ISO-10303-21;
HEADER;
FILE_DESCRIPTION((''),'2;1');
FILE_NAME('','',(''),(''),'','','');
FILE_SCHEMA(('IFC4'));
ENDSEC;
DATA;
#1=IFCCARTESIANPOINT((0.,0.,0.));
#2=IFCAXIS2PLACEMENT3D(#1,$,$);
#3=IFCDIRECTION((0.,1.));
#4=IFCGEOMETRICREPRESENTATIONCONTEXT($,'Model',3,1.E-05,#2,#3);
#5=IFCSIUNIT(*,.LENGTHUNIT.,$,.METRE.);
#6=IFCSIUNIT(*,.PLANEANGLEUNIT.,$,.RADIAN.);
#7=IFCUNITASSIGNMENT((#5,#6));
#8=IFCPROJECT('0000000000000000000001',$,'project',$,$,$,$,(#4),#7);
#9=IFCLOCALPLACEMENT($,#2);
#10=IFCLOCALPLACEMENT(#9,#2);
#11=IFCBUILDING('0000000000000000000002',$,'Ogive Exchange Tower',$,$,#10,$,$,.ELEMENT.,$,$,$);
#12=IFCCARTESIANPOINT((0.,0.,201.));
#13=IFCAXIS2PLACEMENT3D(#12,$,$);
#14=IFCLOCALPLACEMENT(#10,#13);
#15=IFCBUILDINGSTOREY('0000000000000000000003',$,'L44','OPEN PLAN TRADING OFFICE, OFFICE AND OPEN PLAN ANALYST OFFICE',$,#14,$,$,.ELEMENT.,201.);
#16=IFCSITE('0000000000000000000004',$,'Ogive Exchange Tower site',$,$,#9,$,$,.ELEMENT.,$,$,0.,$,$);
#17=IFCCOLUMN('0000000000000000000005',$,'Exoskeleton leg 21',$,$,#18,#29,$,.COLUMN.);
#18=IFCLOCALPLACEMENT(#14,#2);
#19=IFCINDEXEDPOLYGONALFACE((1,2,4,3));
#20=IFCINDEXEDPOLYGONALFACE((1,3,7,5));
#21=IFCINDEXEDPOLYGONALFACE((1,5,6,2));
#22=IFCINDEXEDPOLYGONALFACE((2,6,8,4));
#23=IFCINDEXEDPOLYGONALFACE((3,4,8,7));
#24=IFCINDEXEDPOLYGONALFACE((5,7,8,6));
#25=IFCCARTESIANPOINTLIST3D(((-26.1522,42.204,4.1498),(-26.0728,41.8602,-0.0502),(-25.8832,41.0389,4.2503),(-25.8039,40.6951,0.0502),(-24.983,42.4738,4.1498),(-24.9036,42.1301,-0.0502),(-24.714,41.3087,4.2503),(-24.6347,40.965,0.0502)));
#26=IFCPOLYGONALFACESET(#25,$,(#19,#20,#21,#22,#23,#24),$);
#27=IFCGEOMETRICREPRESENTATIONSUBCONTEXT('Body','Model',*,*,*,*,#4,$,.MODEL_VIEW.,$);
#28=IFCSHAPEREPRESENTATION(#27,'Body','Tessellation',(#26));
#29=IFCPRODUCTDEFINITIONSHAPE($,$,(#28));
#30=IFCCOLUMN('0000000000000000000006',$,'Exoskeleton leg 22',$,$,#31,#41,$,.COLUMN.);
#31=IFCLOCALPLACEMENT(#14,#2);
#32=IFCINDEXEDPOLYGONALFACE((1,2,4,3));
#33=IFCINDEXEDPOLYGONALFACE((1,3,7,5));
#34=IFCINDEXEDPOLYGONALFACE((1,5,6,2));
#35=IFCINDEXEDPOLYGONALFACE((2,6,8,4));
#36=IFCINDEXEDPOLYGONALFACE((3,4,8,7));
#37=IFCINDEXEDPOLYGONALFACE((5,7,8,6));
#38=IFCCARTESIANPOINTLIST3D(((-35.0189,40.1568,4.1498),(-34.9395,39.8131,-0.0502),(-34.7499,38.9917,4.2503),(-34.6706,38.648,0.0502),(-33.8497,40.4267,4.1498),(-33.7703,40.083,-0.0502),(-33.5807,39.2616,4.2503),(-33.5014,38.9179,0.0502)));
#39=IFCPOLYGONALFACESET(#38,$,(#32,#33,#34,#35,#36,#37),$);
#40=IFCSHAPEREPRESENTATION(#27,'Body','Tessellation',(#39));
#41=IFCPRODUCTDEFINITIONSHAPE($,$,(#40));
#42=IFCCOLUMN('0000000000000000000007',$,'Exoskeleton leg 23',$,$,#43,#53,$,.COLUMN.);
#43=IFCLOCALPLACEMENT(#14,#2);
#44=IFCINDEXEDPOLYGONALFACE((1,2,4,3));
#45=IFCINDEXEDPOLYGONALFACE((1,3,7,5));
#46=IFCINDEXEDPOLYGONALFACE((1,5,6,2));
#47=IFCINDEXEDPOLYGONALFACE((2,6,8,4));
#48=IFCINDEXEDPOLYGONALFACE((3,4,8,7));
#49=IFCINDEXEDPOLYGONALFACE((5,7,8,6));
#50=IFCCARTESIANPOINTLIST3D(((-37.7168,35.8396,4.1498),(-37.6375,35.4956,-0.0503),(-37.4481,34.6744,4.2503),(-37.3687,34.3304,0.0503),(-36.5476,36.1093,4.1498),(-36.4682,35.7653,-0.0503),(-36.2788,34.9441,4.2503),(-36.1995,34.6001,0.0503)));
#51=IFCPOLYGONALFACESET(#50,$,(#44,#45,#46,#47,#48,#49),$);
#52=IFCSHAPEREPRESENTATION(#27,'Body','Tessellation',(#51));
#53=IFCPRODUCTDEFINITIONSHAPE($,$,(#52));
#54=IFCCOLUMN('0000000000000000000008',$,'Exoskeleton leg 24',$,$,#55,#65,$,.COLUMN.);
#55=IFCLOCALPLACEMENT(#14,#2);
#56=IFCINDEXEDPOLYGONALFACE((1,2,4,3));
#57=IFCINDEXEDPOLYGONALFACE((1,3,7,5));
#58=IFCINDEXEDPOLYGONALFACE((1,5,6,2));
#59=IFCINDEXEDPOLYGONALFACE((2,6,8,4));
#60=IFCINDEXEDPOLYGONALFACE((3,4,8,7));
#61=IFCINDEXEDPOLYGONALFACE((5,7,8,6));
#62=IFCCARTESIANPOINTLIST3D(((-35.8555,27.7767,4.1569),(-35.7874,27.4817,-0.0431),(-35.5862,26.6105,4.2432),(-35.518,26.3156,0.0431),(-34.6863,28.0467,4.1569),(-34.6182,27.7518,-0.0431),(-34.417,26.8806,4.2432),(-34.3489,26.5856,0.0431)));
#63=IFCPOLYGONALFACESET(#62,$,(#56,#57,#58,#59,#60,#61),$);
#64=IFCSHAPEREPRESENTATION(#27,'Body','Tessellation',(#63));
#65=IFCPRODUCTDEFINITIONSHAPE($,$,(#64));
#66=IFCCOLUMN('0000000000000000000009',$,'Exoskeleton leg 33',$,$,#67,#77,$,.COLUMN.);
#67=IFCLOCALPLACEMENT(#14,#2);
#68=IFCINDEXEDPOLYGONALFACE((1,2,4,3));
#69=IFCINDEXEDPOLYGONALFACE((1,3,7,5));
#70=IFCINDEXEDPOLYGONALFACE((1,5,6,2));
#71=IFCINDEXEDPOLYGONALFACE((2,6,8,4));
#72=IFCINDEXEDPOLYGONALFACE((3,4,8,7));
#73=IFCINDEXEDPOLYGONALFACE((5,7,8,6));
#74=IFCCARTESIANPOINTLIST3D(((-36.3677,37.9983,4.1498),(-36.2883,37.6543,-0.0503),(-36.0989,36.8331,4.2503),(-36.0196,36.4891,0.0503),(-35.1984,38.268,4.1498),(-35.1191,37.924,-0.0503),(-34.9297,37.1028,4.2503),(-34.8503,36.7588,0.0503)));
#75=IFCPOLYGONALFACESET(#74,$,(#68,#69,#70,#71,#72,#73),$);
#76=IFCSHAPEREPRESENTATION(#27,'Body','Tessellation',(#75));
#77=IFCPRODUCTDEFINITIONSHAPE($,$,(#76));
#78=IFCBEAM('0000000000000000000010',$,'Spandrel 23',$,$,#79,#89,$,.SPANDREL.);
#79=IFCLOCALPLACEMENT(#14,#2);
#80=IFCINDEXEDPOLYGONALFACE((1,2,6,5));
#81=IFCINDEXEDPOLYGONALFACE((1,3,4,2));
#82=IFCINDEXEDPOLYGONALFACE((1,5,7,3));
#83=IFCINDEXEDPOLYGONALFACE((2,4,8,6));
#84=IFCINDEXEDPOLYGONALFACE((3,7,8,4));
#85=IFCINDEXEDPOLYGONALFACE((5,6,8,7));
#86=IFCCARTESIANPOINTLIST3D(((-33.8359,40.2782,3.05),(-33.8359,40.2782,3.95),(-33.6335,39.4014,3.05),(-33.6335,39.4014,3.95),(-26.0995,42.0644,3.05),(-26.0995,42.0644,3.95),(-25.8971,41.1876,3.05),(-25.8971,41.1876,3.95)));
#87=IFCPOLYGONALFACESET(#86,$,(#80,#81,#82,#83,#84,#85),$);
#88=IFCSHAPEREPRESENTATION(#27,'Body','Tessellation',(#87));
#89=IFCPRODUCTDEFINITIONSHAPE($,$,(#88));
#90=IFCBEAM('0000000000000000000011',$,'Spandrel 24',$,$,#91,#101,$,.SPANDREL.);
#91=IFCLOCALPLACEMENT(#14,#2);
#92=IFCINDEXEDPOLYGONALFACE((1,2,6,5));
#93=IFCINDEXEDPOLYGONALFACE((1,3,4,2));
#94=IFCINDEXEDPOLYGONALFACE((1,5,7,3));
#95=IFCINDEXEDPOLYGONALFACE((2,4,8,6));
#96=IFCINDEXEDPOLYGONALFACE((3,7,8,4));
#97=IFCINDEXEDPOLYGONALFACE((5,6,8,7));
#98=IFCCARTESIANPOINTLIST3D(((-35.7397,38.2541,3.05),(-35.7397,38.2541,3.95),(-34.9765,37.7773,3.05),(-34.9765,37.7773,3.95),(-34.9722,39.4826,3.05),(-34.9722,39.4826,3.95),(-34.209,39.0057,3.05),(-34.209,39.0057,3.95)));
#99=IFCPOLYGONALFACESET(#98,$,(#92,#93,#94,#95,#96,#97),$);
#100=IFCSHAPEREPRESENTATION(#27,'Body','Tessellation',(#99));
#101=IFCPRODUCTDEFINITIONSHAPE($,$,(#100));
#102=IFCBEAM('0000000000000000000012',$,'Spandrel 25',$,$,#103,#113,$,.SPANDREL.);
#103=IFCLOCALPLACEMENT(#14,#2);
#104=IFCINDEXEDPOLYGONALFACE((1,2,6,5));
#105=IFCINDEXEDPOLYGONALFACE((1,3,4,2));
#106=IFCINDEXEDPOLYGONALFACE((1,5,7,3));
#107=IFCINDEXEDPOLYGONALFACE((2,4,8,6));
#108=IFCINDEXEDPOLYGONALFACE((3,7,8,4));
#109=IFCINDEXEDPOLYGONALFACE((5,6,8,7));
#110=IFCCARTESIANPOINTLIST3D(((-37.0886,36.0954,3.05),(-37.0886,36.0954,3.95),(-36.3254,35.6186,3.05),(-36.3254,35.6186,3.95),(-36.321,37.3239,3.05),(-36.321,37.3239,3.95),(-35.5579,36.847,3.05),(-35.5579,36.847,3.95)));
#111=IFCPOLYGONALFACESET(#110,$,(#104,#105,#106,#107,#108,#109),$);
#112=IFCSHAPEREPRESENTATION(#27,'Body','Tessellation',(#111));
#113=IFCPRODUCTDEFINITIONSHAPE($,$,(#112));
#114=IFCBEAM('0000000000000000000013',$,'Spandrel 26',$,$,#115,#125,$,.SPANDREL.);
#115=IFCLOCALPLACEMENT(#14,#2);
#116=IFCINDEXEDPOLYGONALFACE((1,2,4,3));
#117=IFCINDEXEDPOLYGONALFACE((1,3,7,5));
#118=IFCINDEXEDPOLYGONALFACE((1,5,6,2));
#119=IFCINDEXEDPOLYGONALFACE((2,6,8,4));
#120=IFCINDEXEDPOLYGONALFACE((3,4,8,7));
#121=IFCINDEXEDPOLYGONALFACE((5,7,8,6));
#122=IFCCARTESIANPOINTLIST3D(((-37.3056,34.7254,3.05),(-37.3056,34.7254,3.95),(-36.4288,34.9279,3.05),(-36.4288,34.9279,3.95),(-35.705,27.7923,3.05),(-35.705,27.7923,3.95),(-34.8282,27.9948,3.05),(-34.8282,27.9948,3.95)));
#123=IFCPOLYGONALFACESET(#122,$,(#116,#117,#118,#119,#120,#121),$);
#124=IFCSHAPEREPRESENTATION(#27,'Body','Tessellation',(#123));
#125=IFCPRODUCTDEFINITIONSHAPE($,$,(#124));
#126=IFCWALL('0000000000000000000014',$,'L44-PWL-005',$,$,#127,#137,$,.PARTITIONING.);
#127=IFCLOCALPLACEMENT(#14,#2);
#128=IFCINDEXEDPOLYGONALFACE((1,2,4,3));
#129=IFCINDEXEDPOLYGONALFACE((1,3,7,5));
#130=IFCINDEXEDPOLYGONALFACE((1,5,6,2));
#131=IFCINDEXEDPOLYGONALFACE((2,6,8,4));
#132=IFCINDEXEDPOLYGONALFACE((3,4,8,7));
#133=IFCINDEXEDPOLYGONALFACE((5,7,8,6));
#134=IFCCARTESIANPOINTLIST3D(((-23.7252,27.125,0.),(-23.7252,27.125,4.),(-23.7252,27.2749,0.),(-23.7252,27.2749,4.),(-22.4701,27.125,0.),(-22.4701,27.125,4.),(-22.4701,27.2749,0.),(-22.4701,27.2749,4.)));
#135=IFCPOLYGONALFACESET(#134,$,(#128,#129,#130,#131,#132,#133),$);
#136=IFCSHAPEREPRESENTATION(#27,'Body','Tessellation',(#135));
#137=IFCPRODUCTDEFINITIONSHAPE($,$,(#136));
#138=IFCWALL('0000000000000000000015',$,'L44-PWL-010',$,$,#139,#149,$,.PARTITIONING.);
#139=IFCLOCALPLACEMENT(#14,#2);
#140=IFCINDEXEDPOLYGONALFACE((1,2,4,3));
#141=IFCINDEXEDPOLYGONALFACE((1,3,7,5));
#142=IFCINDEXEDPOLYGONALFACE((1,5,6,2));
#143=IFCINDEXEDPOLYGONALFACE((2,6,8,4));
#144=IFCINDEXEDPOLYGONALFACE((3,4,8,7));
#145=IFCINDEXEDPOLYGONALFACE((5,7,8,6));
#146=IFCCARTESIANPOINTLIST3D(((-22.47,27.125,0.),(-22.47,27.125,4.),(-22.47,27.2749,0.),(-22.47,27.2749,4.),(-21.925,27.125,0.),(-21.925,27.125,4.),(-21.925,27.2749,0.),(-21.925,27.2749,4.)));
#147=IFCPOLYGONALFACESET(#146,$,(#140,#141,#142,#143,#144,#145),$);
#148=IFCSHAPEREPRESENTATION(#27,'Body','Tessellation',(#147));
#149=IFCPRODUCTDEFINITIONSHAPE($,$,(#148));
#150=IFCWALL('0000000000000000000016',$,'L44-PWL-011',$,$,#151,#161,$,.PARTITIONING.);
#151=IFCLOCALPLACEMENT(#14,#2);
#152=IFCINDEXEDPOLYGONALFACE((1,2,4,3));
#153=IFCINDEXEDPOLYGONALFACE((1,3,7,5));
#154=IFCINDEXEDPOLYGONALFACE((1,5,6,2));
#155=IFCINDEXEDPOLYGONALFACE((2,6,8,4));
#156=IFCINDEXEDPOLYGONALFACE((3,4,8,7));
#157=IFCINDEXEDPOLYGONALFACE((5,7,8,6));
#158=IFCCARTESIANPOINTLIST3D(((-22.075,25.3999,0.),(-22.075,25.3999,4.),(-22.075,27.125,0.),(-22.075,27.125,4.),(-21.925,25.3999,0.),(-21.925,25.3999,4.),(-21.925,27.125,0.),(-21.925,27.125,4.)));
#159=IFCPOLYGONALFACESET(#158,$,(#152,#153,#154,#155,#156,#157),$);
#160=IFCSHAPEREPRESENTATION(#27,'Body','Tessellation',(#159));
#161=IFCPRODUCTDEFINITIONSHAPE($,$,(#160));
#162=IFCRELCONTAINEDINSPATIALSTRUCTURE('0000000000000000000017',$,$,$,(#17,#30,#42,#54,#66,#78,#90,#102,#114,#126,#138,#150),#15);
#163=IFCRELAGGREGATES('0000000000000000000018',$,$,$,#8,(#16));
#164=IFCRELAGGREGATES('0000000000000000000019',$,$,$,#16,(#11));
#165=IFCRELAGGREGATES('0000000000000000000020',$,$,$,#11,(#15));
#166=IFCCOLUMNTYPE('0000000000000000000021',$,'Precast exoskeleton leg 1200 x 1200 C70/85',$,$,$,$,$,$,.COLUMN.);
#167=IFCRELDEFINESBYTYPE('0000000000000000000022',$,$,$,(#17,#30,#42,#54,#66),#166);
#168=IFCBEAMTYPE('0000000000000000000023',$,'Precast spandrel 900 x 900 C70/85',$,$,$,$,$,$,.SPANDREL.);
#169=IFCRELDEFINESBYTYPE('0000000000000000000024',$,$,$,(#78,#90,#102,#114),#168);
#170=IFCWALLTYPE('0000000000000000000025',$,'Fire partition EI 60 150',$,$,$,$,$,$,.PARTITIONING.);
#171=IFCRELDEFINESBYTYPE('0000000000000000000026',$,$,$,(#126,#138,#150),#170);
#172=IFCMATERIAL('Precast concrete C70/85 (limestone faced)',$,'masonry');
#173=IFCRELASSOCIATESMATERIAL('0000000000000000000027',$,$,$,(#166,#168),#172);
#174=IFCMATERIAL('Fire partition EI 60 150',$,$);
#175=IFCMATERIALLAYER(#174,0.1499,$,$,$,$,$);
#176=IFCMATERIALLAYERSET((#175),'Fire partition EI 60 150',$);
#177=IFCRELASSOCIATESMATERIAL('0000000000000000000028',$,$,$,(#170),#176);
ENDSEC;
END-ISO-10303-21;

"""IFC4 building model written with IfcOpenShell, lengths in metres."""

from ifc_helpers import new_model, si_unit, direction, frame, frame_2d, origin, origin_2d, place, context, subcontext, project, spatial, rectangle, extrude, material, layer, layer_set, material_profile, profile_set, type_object, element, save


model = new_model("IFC4")

# Units and contexts
model_context = context("Model", 3, precision=1e-05, world=origin(), true_north=direction((0.0, 1.0)))
body_context = subcontext(model_context, "Body", "Model", "MODEL_VIEW")
ifc_project = project(units=[si_unit("LENGTHUNIT", "METRE"), si_unit("PLANEANGLEUNIT", "RADIAN")], contexts=[model_context])

# Site, building, storey
site_placement = place(None, origin())
site = spatial("IfcSite", under=ifc_project, at=site_placement, Name="Ogive Exchange Tower site", CompositionType="ELEMENT", RefElevation=0.0)
building_placement = place(site_placement, origin())
building = spatial("IfcBuilding", under=site, at=building_placement, Name="Ogive Exchange Tower", CompositionType="ELEMENT")
storey_placement = place(building_placement, frame((0.0, 0.0, 201.0)))
storey = spatial("IfcBuildingStorey", under=building, at=storey_placement, Name="L44", Description="OPEN PLAN TRADING OFFICE, OFFICE AND OPEN PLAN ANALYST OFFICE", CompositionType="ELEMENT", Elevation=201.0)

# Columns
ifc_material_1 = material(Name="Precast concrete C70/85 (limestone faced)", Category="masonry")
ifc_material_profile_1 = material_profile(ifc_material_1, rectangle(XDim=1.2, YDim=1.2, at=origin_2d()), Name="1200 x 1200")
ifc_profile_set_1 = profile_set([ifc_material_profile_1], Name="Precast concrete C70/85 (limestone faced)")
column_type = type_object("IfcColumnType", Name="Precast exoskeleton leg 1200 x 1200 C70/85", PredefinedType="COLUMN", material=ifc_profile_set_1)
for number, where, z_axis, x_axis, name in (
    (1, (-25.3538, 41.4126, 0.0), (-0.018826, 0.081559, 0.996491), (-0.97438, -0.22491, 0.0), "Exoskeleton leg 21"),
    (2, (-34.2205, 39.3655, 0.0), (-0.018826, 0.081559, 0.996491), (-0.97438, -0.22491, 0.0), "Exoskeleton leg 22"),
    (3, (-36.9185, 35.0479, 0.0), (-0.018826, 0.081617, 0.996486), (-0.974415, -0.224758, 0.0), "Exoskeleton leg 23"),
):
    element("IfcColumn", number, at=place(storey_placement, frame(where, z_axis=z_axis, x_axis=x_axis)), inside=storey, type_object=column_type, Name=name, PredefinedType="COLUMN", context=body_context, shape_type="SweptSolid", body=[
        extrude(rectangle(XDim=1.2, YDim=1.2, at=origin_2d()), origin(), (0.0, 0.0, 1.0), 4.2148),
    ])
column_1_placement = place(storey_placement, frame((-35.0681, 27.0337, 0.0), z_axis=(-0.016176, 0.070039, 0.997413), x_axis=(-0.97435, -0.225036, 0.0)))
element("IfcColumn", 4, at=column_1_placement, inside=storey, type_object=column_type, Name="Exoskeleton leg 24", PredefinedType="COLUMN", context=body_context, shape_type="SweptSolid", body=[
    extrude(rectangle(XDim=1.2, YDim=1.2, at=origin_2d()), origin(), (0.0, 0.0, 1.0), 4.2109),
])
column_2_placement = place(storey_placement, frame((-35.5693, 37.2065, 0.0), z_axis=(-0.018826, 0.081617, 0.996486), x_axis=(-0.974415, -0.224758, 0.0)))
element("IfcColumn", 5, at=column_2_placement, inside=storey, type_object=column_type, Name="Exoskeleton leg 33", PredefinedType="COLUMN", context=body_context, shape_type="SweptSolid", body=[
    extrude(rectangle(XDim=1.2, YDim=1.2, at=origin_2d()), origin(), (0.0, 0.0, 1.0), 4.2148),
])

# Beams
ifc_material_profile_2 = material_profile(ifc_material_1, rectangle(XDim=0.8999, YDim=0.8999, at=origin_2d()), Name="900 x 900")
ifc_profile_set_2 = profile_set([ifc_material_profile_2], Name="Precast concrete C70/85 (limestone faced)")
beam_type = type_object("IfcBeamType", Name="Precast spandrel 900 x 900 C70/85", PredefinedType="SPANDREL", material=ifc_profile_set_2)
beam_1_placement = place(storey_placement, frame((-25.9983, 41.626, 3.5), z_axis=(-0.974368, -0.224958, 0.0), x_axis=(0.224958, -0.974368, 0.0)))
element("IfcBeam", 6, at=beam_1_placement, inside=storey, type_object=beam_type, Name="Spandrel 23", PredefinedType="SPANDREL", context=body_context, shape_type="SweptSolid", body=[
    extrude(rectangle(XDim=0.8999, YDim=0.8999, at=origin_2d()), origin(), (0.0, 0.0, 1.0), 7.9399),
])
for number, where, z_axis, x_axis, name in (
    (7, (-34.5906, 39.2441, 3.5), (-0.529878, -0.848074, 0.0), (0.848074, -0.529878, 0.0), "Spandrel 24"),
    (8, (-35.9395, 37.0854, 3.5), (-0.529878, -0.848074, 0.0), (0.848074, -0.529878, 0.0), "Spandrel 25"),
):
    element("IfcBeam", number, at=place(storey_placement, frame(where, z_axis=z_axis, x_axis=x_axis)), inside=storey, type_object=beam_type, Name=name, PredefinedType="SPANDREL", context=body_context, shape_type="SweptSolid", body=[
        extrude(rectangle(XDim=0.8999, YDim=0.8999, at=origin_2d()), origin(), (0.0, 0.0, 1.0), 1.4485),
    ])
beam_2_placement = place(storey_placement, frame((-36.8672, 34.8267, 3.5), z_axis=(0.224945, -0.974372, 0.0), x_axis=(0.974372, 0.224945, 0.0)))
element("IfcBeam", 9, at=beam_2_placement, inside=storey, type_object=beam_type, Name="Spandrel 26", PredefinedType="SPANDREL", context=body_context, shape_type="SweptSolid", body=[
    extrude(rectangle(XDim=0.8999, YDim=0.8999, at=origin_2d()), origin(), (0.0, 0.0, 1.0), 7.1155),
])

# Walls
ifc_material_2 = material(Name="Fire partition EI 60 150")
ifc_layer_1 = layer(ifc_material_2, 0.1499)
ifc_layer_set_1 = layer_set([ifc_layer_1], Name="Fire partition EI 60 150")
wall_type_1 = type_object("IfcWallType", Name="Fire partition EI 60 150", PredefinedType="PARTITIONING", material=ifc_layer_set_1)
wall_1_placement = place(storey_placement, frame((-23.7251, 27.2, 0.0), z_axis=(0.0, 0.0, 1.0), x_axis=(1.0, 0.0, 0.0)))
element("IfcWall", 10, at=wall_1_placement, inside=storey, type_object=wall_type_1, Name="L44-PWL-005", PredefinedType="PARTITIONING", context=body_context, shape_type="SweptSolid", body=[
    extrude(rectangle(XDim=1.2551, YDim=0.1499, at=frame_2d((0.6274, 0.0))), origin(), (0.0, 0.0, 1.0), 4.0),
])
wall_2_placement = place(storey_placement, frame((-22.47, 27.2, 0.0), z_axis=(0.0, 0.0, 1.0), x_axis=(1.0, 0.0, 0.0)))
element("IfcWall", 11, at=wall_2_placement, inside=storey, type_object=wall_type_1, Name="L44-PWL-010", PredefinedType="PARTITIONING", context=body_context, shape_type="SweptSolid", body=[
    extrude(rectangle(XDim=0.5449, YDim=0.1499, at=frame_2d((0.2725, 0.0))), origin(), (0.0, 0.0, 1.0), 4.0),
])
wall_3_placement = place(storey_placement, frame((-22.0, 27.125, 0.0), z_axis=(0.0, 0.0, 1.0), x_axis=(0.0, -1.0, 0.0)))
element("IfcWall", 12, at=wall_3_placement, inside=storey, type_object=wall_type_1, Name="L44-PWL-011", PredefinedType="PARTITIONING", context=body_context, shape_type="SweptSolid", body=[
    extrude(rectangle(XDim=1.7251, YDim=0.1499, at=frame_2d((0.8625, 0.0))), origin(), (0.0, 0.0, 1.0), 4.0),
])

save(model, "model.ifc")
